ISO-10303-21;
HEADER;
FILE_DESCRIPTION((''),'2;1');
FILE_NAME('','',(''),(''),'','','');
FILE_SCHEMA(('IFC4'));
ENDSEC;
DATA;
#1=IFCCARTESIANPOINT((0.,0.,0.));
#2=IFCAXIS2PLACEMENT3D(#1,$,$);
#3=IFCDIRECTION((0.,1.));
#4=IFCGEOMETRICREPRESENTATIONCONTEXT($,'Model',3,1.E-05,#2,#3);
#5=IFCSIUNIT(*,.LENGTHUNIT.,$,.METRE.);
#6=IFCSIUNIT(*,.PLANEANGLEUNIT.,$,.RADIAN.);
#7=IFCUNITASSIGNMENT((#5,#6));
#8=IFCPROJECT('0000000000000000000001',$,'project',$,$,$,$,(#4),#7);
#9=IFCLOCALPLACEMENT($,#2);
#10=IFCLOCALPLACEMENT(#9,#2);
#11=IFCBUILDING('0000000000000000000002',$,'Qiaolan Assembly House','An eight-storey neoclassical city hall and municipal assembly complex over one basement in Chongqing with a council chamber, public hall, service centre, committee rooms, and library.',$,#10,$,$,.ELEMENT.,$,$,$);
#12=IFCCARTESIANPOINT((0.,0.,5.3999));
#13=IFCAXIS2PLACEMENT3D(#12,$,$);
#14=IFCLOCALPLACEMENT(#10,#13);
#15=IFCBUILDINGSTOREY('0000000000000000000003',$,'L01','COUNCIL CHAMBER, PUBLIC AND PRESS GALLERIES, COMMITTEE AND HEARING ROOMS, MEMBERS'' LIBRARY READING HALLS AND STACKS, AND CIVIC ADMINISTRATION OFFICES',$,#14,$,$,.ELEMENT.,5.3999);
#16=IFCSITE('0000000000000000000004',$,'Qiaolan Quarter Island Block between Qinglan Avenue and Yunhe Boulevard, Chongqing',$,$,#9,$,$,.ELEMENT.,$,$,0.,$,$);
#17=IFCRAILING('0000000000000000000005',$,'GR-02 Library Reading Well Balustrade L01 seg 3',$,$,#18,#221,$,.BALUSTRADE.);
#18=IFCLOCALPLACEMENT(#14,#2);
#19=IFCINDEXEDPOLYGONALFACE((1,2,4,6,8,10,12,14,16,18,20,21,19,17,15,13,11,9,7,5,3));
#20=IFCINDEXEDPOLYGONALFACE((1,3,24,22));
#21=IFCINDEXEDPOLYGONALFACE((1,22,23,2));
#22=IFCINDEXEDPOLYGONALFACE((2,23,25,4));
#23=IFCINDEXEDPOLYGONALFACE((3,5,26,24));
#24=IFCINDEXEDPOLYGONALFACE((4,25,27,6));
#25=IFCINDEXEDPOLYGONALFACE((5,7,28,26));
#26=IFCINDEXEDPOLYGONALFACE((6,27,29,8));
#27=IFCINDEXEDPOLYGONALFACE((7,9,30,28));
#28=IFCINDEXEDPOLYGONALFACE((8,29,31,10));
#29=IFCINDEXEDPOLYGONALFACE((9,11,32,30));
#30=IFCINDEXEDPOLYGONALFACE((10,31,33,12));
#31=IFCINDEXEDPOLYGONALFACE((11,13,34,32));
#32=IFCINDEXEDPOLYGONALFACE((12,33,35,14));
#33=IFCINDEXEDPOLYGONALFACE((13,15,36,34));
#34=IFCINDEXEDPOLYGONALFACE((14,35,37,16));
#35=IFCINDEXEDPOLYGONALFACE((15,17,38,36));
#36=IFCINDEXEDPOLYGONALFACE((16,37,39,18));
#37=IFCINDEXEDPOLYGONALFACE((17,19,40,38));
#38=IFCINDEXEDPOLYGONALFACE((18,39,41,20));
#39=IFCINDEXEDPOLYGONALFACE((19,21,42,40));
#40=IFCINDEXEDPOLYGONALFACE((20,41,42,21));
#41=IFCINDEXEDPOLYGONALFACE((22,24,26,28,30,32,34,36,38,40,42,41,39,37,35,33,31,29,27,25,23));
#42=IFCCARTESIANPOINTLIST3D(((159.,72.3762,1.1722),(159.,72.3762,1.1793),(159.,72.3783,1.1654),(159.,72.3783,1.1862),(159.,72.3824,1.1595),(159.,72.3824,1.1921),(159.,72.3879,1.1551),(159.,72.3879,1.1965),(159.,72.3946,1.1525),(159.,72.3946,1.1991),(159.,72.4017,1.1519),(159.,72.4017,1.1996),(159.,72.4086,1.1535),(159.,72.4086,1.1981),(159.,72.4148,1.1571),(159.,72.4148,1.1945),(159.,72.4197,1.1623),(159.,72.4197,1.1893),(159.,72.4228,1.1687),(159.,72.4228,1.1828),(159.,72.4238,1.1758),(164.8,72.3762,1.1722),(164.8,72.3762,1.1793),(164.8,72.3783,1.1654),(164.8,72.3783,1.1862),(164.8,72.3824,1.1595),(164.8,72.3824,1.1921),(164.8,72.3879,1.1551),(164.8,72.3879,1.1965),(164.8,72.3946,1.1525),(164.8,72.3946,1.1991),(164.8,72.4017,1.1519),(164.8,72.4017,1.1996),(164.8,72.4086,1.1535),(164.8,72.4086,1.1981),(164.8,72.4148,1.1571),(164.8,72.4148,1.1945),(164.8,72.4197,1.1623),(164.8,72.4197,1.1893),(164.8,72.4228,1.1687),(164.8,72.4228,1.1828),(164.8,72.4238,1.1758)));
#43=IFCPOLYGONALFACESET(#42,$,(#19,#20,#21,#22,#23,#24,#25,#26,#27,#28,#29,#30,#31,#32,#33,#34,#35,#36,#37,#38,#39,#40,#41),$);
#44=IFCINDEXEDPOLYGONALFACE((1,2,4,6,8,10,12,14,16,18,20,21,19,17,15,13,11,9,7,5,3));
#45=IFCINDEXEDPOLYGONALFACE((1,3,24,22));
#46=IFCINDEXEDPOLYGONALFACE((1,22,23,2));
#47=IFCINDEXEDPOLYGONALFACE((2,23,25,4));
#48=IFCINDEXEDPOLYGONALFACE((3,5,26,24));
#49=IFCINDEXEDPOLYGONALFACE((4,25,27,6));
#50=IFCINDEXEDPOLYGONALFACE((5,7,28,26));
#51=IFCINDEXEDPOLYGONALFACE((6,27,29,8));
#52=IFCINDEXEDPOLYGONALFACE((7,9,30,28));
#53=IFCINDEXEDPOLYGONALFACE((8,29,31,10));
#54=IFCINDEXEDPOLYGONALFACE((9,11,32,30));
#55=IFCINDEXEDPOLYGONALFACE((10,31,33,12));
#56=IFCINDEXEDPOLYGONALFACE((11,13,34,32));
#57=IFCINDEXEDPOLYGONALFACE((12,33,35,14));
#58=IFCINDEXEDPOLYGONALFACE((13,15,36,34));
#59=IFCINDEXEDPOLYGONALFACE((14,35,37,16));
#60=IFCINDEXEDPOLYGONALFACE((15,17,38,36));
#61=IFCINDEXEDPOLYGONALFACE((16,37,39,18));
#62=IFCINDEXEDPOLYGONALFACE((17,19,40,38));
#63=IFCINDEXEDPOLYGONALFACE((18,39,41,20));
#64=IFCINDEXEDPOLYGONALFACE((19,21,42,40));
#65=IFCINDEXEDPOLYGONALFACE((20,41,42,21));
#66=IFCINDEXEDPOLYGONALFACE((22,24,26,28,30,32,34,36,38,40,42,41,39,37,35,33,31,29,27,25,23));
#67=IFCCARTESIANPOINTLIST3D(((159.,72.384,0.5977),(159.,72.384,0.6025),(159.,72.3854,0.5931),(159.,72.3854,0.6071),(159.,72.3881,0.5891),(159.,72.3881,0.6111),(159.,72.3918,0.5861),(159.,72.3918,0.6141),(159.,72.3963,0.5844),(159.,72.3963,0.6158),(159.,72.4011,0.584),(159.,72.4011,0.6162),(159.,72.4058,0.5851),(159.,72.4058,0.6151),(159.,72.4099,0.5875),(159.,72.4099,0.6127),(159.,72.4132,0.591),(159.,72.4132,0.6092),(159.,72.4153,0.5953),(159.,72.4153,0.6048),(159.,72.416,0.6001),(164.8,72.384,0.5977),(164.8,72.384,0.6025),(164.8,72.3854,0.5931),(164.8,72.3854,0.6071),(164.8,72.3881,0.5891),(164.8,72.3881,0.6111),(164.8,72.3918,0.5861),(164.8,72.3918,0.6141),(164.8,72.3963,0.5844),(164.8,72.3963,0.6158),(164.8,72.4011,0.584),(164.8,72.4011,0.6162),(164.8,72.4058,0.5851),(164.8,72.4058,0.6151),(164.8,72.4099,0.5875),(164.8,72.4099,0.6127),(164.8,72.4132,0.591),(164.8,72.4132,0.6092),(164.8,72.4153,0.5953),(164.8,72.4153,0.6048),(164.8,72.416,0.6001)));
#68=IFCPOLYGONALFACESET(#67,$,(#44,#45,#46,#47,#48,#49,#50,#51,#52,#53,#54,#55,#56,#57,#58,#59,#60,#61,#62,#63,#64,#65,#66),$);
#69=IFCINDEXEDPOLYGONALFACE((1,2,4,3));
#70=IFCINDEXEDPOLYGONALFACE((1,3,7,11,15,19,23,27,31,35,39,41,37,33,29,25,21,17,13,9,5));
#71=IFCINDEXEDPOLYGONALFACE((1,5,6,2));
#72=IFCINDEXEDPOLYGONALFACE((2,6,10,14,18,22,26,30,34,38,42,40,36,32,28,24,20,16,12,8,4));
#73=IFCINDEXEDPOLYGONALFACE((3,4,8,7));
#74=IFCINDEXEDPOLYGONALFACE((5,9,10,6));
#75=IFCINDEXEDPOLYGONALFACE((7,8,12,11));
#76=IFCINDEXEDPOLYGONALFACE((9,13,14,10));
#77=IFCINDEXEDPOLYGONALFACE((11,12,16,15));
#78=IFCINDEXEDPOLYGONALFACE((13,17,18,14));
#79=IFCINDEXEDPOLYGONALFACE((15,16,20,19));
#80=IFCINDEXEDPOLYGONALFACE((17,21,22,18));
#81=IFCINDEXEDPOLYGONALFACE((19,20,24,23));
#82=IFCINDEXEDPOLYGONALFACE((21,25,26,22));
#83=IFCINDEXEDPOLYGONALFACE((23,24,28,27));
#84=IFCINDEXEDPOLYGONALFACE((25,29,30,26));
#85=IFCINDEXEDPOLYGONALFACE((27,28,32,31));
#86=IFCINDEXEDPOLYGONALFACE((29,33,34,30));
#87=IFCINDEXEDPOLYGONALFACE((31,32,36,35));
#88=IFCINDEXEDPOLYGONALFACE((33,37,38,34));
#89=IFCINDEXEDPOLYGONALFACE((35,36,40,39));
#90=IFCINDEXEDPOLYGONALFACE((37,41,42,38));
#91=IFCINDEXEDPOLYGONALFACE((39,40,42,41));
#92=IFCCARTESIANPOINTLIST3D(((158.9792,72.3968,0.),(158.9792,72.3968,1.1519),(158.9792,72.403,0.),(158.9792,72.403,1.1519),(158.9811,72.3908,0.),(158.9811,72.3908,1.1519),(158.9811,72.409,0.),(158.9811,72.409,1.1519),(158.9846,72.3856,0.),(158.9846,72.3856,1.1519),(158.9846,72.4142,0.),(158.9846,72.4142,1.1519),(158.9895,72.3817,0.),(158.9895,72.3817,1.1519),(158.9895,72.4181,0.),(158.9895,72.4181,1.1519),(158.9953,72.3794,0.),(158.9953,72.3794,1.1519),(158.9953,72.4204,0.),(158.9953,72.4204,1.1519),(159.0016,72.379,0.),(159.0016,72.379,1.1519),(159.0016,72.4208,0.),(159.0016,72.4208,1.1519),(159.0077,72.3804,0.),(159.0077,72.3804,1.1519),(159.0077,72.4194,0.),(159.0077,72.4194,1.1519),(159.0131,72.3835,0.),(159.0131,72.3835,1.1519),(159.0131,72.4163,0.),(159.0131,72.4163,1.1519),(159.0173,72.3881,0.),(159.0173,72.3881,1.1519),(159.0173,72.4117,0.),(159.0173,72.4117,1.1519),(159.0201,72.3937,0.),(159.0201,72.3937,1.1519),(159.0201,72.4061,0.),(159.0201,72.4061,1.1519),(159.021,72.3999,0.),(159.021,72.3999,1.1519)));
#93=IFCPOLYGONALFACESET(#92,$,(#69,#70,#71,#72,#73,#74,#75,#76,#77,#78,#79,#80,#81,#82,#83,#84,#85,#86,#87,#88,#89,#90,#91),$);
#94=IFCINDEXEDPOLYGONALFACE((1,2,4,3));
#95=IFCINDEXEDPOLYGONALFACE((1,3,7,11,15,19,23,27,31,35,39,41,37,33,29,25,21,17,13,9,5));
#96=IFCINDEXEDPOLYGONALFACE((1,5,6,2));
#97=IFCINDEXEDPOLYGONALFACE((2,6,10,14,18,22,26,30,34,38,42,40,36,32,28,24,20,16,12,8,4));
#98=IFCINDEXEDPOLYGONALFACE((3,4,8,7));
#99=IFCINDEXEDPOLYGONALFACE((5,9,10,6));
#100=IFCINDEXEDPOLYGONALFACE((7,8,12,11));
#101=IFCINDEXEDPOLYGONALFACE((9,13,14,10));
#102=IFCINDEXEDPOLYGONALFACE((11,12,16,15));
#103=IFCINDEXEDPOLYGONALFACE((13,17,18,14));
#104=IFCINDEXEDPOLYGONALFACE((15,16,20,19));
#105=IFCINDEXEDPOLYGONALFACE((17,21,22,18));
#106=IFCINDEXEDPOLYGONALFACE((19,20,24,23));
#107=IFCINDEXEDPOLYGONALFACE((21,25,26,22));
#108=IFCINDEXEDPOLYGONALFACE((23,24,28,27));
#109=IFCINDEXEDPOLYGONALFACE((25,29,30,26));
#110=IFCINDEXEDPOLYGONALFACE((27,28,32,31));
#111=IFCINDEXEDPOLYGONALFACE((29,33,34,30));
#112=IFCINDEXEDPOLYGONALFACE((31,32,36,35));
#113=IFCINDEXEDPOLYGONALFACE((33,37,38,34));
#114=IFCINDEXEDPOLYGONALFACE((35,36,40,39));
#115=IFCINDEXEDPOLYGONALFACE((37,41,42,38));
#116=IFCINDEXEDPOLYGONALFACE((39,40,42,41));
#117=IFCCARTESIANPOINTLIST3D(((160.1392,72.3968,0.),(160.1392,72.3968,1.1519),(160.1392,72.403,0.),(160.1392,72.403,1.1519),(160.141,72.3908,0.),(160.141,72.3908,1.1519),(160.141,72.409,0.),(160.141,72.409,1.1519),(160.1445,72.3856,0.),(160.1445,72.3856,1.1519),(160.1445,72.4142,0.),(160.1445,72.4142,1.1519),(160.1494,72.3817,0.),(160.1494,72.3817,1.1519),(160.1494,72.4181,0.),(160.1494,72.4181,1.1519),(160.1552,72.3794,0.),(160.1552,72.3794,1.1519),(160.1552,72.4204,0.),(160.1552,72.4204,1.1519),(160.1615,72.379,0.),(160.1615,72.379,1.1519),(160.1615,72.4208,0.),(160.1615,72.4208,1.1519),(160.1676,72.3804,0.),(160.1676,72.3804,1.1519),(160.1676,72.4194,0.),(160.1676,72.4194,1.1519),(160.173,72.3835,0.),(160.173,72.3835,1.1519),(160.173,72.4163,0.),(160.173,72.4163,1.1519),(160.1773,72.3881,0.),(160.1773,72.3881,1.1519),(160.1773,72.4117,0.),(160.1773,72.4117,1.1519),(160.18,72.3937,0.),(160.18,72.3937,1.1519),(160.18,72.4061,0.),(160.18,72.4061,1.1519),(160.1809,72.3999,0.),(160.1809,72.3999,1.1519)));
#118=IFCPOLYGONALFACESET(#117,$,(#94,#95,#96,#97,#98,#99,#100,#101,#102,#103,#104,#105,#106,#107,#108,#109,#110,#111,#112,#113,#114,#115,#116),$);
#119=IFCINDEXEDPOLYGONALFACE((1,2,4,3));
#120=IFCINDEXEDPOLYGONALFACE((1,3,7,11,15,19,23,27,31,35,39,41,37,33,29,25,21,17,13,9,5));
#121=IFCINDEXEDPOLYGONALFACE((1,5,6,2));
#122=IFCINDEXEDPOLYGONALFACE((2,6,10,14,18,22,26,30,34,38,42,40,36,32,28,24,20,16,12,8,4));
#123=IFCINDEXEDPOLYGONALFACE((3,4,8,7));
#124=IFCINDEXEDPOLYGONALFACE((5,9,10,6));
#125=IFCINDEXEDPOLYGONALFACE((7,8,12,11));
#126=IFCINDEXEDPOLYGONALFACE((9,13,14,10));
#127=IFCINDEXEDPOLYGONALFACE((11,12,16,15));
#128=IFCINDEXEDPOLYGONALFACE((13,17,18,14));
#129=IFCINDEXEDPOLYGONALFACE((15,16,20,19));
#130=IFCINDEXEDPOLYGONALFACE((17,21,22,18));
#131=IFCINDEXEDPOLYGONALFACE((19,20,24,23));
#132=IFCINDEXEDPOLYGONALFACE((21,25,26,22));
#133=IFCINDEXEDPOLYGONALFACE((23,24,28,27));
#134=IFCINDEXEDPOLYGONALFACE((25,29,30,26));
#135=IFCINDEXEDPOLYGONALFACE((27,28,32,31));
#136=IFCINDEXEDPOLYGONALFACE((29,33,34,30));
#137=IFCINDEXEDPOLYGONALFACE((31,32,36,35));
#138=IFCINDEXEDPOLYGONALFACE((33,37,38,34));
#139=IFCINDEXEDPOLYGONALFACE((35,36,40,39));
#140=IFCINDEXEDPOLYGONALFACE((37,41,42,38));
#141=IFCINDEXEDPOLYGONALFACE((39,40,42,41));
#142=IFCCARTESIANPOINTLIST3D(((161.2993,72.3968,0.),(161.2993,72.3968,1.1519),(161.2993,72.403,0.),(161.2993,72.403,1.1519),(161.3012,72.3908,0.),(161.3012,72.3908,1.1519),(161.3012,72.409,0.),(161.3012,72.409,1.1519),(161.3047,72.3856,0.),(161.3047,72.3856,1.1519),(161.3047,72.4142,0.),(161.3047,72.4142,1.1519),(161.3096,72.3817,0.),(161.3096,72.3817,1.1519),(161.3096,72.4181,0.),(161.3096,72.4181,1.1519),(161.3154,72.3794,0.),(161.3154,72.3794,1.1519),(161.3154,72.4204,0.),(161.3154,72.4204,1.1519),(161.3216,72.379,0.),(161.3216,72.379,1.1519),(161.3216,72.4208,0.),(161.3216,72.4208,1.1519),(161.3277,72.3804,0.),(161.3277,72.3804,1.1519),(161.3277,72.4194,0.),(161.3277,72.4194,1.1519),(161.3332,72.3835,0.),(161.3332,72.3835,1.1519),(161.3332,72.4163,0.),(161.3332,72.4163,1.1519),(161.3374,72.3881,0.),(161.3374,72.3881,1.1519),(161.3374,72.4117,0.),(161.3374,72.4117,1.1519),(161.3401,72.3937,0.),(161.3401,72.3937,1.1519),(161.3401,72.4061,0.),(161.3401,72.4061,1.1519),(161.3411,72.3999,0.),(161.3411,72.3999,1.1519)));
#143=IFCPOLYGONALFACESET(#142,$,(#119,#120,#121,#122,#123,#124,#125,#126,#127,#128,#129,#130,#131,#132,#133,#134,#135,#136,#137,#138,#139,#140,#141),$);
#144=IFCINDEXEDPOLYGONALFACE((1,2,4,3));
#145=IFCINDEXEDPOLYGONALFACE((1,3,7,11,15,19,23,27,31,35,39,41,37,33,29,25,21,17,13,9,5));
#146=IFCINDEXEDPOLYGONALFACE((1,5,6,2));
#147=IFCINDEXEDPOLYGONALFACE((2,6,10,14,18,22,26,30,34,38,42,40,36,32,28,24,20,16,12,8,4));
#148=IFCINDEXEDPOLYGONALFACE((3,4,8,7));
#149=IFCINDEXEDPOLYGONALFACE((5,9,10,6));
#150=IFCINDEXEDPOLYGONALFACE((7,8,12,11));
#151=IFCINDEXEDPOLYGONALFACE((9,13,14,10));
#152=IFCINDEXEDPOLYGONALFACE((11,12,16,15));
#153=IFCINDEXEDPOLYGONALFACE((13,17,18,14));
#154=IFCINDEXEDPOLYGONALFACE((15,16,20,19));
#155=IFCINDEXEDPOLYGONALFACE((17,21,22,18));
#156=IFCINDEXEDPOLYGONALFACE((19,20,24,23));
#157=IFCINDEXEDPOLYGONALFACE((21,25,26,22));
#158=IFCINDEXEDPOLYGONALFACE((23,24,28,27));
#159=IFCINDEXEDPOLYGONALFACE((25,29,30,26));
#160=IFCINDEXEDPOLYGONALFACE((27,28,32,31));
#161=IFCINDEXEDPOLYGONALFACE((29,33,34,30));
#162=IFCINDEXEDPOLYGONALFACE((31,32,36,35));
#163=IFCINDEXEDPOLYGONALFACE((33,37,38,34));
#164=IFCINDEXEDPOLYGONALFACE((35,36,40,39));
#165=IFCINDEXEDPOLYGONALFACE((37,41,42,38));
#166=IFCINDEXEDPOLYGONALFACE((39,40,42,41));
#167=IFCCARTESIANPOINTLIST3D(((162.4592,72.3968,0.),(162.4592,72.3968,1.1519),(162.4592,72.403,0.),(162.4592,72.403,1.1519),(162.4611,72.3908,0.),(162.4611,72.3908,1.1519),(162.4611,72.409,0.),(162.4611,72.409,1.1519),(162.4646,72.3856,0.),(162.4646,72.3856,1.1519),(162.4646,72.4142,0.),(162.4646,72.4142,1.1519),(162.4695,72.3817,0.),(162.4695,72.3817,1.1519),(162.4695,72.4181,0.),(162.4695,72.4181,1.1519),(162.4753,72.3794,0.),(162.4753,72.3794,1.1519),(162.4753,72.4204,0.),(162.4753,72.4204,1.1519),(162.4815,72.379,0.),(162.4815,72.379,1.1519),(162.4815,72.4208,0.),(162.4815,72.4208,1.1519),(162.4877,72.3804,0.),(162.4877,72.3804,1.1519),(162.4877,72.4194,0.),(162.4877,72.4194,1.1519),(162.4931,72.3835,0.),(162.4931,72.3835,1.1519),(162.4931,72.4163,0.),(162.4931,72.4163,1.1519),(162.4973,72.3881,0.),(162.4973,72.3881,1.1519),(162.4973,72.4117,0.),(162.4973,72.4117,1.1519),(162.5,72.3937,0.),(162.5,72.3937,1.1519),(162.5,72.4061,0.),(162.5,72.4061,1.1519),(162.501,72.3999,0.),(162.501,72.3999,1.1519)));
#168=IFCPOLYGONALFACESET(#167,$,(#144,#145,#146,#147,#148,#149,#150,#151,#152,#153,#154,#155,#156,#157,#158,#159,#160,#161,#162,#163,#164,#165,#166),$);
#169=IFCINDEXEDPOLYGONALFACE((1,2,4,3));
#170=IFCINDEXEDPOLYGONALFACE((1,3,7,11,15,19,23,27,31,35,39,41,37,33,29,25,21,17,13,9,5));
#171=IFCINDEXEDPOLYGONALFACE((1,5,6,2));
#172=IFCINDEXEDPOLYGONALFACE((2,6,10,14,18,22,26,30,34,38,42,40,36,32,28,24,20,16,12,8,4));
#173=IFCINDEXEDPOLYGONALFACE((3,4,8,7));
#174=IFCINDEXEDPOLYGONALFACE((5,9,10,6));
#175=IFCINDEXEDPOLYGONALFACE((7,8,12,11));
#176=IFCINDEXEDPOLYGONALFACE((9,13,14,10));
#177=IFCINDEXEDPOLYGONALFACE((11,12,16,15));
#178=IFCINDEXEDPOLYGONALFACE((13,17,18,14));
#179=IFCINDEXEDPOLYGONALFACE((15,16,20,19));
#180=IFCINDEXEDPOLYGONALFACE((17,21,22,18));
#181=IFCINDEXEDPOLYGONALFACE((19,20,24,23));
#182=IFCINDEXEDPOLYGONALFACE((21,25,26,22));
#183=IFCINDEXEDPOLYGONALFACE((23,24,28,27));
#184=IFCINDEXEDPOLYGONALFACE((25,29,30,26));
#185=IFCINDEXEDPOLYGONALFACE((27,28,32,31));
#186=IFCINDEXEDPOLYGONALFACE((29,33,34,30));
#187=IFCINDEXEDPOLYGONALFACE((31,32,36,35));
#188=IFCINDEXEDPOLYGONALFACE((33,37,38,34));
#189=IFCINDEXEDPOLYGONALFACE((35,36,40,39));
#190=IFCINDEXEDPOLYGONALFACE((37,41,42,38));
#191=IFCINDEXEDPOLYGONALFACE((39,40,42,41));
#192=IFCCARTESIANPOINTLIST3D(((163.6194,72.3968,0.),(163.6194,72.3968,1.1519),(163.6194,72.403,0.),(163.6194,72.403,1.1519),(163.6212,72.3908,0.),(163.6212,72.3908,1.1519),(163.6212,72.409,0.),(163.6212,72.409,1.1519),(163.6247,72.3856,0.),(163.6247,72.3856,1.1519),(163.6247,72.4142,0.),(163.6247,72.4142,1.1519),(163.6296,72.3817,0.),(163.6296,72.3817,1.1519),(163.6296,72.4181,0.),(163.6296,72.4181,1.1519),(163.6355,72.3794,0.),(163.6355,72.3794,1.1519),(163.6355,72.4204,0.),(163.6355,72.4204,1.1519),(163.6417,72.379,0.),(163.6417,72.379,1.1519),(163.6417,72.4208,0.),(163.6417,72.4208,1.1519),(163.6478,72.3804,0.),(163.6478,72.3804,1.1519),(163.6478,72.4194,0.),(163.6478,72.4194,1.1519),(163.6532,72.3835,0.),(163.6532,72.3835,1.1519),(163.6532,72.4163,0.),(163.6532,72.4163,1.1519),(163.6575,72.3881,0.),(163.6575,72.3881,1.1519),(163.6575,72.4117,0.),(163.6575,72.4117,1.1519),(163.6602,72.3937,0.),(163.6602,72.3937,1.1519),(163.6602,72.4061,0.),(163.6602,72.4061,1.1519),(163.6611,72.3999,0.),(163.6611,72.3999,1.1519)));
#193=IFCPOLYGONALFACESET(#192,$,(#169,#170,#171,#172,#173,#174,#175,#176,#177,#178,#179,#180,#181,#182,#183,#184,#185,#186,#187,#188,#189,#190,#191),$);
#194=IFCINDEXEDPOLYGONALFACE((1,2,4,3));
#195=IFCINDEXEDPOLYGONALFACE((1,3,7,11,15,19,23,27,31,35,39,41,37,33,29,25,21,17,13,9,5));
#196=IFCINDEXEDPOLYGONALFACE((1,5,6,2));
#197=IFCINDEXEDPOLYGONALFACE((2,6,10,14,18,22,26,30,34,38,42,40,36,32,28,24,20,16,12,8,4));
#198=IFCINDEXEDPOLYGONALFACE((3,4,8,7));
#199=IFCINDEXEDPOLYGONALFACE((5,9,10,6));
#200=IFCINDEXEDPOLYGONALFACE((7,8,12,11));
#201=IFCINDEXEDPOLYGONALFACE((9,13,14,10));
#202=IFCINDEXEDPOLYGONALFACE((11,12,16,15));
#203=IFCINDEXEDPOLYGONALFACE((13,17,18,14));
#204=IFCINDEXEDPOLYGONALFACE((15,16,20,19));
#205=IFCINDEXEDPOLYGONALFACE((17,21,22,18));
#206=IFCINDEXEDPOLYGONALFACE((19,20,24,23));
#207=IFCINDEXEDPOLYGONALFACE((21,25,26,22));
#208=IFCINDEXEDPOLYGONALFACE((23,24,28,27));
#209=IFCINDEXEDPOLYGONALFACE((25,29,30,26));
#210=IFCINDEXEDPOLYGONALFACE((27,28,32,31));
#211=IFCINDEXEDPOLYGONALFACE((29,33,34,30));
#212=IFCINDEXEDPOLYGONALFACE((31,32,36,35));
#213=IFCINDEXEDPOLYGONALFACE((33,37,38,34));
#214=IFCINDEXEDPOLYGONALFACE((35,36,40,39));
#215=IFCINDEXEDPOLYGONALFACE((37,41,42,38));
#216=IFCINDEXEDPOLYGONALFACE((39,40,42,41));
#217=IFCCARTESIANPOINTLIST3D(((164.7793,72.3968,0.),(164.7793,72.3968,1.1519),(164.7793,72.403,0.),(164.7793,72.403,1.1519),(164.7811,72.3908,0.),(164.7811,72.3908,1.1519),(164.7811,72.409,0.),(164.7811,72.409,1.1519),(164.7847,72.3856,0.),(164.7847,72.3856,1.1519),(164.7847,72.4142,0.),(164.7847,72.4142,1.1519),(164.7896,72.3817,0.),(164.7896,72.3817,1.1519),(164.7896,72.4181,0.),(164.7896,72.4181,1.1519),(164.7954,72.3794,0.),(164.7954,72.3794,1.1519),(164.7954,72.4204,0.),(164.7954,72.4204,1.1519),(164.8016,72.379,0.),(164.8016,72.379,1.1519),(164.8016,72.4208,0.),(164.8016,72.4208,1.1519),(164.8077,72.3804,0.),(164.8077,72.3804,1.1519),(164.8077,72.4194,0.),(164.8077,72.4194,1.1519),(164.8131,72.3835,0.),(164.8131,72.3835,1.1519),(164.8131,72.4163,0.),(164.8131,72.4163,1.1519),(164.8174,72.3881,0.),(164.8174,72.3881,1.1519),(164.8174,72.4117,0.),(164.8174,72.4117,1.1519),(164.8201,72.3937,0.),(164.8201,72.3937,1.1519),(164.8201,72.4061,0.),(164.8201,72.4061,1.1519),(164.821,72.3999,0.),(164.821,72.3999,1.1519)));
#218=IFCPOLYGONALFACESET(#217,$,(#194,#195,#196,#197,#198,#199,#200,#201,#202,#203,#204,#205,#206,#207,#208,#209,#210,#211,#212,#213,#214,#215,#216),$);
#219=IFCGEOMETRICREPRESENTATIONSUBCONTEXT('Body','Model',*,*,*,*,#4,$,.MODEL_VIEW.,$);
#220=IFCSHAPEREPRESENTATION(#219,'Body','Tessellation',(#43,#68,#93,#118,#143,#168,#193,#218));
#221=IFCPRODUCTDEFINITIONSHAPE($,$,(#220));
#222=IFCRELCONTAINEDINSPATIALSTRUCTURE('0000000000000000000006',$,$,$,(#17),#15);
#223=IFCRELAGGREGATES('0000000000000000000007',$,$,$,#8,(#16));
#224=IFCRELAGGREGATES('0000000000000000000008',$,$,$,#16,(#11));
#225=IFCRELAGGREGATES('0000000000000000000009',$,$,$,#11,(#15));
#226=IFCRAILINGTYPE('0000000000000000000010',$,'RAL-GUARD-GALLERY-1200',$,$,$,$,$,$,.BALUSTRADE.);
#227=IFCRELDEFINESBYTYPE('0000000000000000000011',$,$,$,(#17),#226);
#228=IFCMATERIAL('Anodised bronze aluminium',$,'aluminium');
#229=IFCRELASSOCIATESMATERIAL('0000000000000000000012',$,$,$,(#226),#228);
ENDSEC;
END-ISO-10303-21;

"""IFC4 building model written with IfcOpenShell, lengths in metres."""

from ifc_helpers import new_model, si_unit, direction, frame, origin, origin_2d, place, context, subcontext, project, spatial, circle, extrude, material, type_object, element, save


model = new_model("IFC4")

# Units and contexts
model_context = context("Model", 3, precision=1e-05, world=origin(), true_north=direction((0.0, 1.0)))
body_context = subcontext(model_context, "Body", "Model", "MODEL_VIEW")
ifc_project = project(units=[si_unit("LENGTHUNIT", "METRE"), si_unit("PLANEANGLEUNIT", "RADIAN")], contexts=[model_context])

# Site, building, storey
site_placement = place(None, origin())
site = spatial("IfcSite", under=ifc_project, at=site_placement, Name="Qiaolan Quarter Island Block between Qinglan Avenue and Yunhe Boulevard, Chongqing", CompositionType="ELEMENT", RefElevation=0.0)
building_placement = place(site_placement, origin())
building = spatial("IfcBuilding", under=site, at=building_placement, Name="Qiaolan Assembly House", Description="An eight-storey neoclassical city hall and municipal assembly complex over one basement in Chongqing with a council chamber, public hall, service centre, committee rooms, and library.", CompositionType="ELEMENT")
storey_placement = place(building_placement, frame((0.0, 0.0, 5.3999)))
storey = spatial("IfcBuildingStorey", under=building, at=storey_placement, Name="L01", Description="COUNCIL CHAMBER, PUBLIC AND PRESS GALLERIES, COMMITTEE AND HEARING ROOMS, MEMBERS' LIBRARY READING HALLS AND STACKS, AND CIVIC ADMINISTRATION OFFICES", CompositionType="ELEMENT", Elevation=5.3999)

# Railing
ifc_material_1 = material(Name="Anodised bronze aluminium", Category="aluminium")
railing_type = type_object("IfcRailingType", Name="RAL-GUARD-GALLERY-1200", PredefinedType="BALUSTRADE", material=ifc_material_1)
railing_1_placement = place(storey_placement, frame((159.0, 72.3999, 0.0)))
element("IfcRailing", 1, at=railing_1_placement, inside=storey, type_object=railing_type, Name="GR-02 Library Reading Well Balustrade L01 seg 3", PredefinedType="BALUSTRADE", context=body_context, shape_type="SweptSolid", body=[
    extrude(circle(Radius=0.0239, at=origin_2d()), frame((0.0, 0.0, 1.1758), z_axis=(1.0, 0.0, 0.0), x_axis=(0.0, 1.0, 0.0)), (0.0, 0.0, 1.0), 5.8),
    extrude(circle(Radius=0.0161, at=origin_2d()), frame((0.0, 0.0, 0.6001), z_axis=(1.0, 0.0, 0.0), x_axis=(0.0, 1.0, 0.0)), (0.0, 0.0, 1.0), 5.8),
    extrude(circle(Radius=0.021, at=origin_2d()), origin(), (0.0, 0.0, 1.0), 1.1519),
    extrude(circle(Radius=0.021, at=origin_2d()), frame((1.1599, 0.0, 0.0)), (0.0, 0.0, 1.0), 1.1519),
    extrude(circle(Radius=0.021, at=origin_2d()), frame((2.3201, 0.0, 0.0)), (0.0, 0.0, 1.0), 1.1519),
    extrude(circle(Radius=0.021, at=origin_2d()), frame((3.48, 0.0, 0.0)), (0.0, 0.0, 1.0), 1.1519),
    extrude(circle(Radius=0.021, at=origin_2d()), frame((4.6401, 0.0, 0.0)), (0.0, 0.0, 1.0), 1.1519),
    extrude(circle(Radius=0.021, at=origin_2d()), frame((5.8, 0.0, 0.0)), (0.0, 0.0, 1.0), 1.1519),
])

save(model, "model.ifc")
